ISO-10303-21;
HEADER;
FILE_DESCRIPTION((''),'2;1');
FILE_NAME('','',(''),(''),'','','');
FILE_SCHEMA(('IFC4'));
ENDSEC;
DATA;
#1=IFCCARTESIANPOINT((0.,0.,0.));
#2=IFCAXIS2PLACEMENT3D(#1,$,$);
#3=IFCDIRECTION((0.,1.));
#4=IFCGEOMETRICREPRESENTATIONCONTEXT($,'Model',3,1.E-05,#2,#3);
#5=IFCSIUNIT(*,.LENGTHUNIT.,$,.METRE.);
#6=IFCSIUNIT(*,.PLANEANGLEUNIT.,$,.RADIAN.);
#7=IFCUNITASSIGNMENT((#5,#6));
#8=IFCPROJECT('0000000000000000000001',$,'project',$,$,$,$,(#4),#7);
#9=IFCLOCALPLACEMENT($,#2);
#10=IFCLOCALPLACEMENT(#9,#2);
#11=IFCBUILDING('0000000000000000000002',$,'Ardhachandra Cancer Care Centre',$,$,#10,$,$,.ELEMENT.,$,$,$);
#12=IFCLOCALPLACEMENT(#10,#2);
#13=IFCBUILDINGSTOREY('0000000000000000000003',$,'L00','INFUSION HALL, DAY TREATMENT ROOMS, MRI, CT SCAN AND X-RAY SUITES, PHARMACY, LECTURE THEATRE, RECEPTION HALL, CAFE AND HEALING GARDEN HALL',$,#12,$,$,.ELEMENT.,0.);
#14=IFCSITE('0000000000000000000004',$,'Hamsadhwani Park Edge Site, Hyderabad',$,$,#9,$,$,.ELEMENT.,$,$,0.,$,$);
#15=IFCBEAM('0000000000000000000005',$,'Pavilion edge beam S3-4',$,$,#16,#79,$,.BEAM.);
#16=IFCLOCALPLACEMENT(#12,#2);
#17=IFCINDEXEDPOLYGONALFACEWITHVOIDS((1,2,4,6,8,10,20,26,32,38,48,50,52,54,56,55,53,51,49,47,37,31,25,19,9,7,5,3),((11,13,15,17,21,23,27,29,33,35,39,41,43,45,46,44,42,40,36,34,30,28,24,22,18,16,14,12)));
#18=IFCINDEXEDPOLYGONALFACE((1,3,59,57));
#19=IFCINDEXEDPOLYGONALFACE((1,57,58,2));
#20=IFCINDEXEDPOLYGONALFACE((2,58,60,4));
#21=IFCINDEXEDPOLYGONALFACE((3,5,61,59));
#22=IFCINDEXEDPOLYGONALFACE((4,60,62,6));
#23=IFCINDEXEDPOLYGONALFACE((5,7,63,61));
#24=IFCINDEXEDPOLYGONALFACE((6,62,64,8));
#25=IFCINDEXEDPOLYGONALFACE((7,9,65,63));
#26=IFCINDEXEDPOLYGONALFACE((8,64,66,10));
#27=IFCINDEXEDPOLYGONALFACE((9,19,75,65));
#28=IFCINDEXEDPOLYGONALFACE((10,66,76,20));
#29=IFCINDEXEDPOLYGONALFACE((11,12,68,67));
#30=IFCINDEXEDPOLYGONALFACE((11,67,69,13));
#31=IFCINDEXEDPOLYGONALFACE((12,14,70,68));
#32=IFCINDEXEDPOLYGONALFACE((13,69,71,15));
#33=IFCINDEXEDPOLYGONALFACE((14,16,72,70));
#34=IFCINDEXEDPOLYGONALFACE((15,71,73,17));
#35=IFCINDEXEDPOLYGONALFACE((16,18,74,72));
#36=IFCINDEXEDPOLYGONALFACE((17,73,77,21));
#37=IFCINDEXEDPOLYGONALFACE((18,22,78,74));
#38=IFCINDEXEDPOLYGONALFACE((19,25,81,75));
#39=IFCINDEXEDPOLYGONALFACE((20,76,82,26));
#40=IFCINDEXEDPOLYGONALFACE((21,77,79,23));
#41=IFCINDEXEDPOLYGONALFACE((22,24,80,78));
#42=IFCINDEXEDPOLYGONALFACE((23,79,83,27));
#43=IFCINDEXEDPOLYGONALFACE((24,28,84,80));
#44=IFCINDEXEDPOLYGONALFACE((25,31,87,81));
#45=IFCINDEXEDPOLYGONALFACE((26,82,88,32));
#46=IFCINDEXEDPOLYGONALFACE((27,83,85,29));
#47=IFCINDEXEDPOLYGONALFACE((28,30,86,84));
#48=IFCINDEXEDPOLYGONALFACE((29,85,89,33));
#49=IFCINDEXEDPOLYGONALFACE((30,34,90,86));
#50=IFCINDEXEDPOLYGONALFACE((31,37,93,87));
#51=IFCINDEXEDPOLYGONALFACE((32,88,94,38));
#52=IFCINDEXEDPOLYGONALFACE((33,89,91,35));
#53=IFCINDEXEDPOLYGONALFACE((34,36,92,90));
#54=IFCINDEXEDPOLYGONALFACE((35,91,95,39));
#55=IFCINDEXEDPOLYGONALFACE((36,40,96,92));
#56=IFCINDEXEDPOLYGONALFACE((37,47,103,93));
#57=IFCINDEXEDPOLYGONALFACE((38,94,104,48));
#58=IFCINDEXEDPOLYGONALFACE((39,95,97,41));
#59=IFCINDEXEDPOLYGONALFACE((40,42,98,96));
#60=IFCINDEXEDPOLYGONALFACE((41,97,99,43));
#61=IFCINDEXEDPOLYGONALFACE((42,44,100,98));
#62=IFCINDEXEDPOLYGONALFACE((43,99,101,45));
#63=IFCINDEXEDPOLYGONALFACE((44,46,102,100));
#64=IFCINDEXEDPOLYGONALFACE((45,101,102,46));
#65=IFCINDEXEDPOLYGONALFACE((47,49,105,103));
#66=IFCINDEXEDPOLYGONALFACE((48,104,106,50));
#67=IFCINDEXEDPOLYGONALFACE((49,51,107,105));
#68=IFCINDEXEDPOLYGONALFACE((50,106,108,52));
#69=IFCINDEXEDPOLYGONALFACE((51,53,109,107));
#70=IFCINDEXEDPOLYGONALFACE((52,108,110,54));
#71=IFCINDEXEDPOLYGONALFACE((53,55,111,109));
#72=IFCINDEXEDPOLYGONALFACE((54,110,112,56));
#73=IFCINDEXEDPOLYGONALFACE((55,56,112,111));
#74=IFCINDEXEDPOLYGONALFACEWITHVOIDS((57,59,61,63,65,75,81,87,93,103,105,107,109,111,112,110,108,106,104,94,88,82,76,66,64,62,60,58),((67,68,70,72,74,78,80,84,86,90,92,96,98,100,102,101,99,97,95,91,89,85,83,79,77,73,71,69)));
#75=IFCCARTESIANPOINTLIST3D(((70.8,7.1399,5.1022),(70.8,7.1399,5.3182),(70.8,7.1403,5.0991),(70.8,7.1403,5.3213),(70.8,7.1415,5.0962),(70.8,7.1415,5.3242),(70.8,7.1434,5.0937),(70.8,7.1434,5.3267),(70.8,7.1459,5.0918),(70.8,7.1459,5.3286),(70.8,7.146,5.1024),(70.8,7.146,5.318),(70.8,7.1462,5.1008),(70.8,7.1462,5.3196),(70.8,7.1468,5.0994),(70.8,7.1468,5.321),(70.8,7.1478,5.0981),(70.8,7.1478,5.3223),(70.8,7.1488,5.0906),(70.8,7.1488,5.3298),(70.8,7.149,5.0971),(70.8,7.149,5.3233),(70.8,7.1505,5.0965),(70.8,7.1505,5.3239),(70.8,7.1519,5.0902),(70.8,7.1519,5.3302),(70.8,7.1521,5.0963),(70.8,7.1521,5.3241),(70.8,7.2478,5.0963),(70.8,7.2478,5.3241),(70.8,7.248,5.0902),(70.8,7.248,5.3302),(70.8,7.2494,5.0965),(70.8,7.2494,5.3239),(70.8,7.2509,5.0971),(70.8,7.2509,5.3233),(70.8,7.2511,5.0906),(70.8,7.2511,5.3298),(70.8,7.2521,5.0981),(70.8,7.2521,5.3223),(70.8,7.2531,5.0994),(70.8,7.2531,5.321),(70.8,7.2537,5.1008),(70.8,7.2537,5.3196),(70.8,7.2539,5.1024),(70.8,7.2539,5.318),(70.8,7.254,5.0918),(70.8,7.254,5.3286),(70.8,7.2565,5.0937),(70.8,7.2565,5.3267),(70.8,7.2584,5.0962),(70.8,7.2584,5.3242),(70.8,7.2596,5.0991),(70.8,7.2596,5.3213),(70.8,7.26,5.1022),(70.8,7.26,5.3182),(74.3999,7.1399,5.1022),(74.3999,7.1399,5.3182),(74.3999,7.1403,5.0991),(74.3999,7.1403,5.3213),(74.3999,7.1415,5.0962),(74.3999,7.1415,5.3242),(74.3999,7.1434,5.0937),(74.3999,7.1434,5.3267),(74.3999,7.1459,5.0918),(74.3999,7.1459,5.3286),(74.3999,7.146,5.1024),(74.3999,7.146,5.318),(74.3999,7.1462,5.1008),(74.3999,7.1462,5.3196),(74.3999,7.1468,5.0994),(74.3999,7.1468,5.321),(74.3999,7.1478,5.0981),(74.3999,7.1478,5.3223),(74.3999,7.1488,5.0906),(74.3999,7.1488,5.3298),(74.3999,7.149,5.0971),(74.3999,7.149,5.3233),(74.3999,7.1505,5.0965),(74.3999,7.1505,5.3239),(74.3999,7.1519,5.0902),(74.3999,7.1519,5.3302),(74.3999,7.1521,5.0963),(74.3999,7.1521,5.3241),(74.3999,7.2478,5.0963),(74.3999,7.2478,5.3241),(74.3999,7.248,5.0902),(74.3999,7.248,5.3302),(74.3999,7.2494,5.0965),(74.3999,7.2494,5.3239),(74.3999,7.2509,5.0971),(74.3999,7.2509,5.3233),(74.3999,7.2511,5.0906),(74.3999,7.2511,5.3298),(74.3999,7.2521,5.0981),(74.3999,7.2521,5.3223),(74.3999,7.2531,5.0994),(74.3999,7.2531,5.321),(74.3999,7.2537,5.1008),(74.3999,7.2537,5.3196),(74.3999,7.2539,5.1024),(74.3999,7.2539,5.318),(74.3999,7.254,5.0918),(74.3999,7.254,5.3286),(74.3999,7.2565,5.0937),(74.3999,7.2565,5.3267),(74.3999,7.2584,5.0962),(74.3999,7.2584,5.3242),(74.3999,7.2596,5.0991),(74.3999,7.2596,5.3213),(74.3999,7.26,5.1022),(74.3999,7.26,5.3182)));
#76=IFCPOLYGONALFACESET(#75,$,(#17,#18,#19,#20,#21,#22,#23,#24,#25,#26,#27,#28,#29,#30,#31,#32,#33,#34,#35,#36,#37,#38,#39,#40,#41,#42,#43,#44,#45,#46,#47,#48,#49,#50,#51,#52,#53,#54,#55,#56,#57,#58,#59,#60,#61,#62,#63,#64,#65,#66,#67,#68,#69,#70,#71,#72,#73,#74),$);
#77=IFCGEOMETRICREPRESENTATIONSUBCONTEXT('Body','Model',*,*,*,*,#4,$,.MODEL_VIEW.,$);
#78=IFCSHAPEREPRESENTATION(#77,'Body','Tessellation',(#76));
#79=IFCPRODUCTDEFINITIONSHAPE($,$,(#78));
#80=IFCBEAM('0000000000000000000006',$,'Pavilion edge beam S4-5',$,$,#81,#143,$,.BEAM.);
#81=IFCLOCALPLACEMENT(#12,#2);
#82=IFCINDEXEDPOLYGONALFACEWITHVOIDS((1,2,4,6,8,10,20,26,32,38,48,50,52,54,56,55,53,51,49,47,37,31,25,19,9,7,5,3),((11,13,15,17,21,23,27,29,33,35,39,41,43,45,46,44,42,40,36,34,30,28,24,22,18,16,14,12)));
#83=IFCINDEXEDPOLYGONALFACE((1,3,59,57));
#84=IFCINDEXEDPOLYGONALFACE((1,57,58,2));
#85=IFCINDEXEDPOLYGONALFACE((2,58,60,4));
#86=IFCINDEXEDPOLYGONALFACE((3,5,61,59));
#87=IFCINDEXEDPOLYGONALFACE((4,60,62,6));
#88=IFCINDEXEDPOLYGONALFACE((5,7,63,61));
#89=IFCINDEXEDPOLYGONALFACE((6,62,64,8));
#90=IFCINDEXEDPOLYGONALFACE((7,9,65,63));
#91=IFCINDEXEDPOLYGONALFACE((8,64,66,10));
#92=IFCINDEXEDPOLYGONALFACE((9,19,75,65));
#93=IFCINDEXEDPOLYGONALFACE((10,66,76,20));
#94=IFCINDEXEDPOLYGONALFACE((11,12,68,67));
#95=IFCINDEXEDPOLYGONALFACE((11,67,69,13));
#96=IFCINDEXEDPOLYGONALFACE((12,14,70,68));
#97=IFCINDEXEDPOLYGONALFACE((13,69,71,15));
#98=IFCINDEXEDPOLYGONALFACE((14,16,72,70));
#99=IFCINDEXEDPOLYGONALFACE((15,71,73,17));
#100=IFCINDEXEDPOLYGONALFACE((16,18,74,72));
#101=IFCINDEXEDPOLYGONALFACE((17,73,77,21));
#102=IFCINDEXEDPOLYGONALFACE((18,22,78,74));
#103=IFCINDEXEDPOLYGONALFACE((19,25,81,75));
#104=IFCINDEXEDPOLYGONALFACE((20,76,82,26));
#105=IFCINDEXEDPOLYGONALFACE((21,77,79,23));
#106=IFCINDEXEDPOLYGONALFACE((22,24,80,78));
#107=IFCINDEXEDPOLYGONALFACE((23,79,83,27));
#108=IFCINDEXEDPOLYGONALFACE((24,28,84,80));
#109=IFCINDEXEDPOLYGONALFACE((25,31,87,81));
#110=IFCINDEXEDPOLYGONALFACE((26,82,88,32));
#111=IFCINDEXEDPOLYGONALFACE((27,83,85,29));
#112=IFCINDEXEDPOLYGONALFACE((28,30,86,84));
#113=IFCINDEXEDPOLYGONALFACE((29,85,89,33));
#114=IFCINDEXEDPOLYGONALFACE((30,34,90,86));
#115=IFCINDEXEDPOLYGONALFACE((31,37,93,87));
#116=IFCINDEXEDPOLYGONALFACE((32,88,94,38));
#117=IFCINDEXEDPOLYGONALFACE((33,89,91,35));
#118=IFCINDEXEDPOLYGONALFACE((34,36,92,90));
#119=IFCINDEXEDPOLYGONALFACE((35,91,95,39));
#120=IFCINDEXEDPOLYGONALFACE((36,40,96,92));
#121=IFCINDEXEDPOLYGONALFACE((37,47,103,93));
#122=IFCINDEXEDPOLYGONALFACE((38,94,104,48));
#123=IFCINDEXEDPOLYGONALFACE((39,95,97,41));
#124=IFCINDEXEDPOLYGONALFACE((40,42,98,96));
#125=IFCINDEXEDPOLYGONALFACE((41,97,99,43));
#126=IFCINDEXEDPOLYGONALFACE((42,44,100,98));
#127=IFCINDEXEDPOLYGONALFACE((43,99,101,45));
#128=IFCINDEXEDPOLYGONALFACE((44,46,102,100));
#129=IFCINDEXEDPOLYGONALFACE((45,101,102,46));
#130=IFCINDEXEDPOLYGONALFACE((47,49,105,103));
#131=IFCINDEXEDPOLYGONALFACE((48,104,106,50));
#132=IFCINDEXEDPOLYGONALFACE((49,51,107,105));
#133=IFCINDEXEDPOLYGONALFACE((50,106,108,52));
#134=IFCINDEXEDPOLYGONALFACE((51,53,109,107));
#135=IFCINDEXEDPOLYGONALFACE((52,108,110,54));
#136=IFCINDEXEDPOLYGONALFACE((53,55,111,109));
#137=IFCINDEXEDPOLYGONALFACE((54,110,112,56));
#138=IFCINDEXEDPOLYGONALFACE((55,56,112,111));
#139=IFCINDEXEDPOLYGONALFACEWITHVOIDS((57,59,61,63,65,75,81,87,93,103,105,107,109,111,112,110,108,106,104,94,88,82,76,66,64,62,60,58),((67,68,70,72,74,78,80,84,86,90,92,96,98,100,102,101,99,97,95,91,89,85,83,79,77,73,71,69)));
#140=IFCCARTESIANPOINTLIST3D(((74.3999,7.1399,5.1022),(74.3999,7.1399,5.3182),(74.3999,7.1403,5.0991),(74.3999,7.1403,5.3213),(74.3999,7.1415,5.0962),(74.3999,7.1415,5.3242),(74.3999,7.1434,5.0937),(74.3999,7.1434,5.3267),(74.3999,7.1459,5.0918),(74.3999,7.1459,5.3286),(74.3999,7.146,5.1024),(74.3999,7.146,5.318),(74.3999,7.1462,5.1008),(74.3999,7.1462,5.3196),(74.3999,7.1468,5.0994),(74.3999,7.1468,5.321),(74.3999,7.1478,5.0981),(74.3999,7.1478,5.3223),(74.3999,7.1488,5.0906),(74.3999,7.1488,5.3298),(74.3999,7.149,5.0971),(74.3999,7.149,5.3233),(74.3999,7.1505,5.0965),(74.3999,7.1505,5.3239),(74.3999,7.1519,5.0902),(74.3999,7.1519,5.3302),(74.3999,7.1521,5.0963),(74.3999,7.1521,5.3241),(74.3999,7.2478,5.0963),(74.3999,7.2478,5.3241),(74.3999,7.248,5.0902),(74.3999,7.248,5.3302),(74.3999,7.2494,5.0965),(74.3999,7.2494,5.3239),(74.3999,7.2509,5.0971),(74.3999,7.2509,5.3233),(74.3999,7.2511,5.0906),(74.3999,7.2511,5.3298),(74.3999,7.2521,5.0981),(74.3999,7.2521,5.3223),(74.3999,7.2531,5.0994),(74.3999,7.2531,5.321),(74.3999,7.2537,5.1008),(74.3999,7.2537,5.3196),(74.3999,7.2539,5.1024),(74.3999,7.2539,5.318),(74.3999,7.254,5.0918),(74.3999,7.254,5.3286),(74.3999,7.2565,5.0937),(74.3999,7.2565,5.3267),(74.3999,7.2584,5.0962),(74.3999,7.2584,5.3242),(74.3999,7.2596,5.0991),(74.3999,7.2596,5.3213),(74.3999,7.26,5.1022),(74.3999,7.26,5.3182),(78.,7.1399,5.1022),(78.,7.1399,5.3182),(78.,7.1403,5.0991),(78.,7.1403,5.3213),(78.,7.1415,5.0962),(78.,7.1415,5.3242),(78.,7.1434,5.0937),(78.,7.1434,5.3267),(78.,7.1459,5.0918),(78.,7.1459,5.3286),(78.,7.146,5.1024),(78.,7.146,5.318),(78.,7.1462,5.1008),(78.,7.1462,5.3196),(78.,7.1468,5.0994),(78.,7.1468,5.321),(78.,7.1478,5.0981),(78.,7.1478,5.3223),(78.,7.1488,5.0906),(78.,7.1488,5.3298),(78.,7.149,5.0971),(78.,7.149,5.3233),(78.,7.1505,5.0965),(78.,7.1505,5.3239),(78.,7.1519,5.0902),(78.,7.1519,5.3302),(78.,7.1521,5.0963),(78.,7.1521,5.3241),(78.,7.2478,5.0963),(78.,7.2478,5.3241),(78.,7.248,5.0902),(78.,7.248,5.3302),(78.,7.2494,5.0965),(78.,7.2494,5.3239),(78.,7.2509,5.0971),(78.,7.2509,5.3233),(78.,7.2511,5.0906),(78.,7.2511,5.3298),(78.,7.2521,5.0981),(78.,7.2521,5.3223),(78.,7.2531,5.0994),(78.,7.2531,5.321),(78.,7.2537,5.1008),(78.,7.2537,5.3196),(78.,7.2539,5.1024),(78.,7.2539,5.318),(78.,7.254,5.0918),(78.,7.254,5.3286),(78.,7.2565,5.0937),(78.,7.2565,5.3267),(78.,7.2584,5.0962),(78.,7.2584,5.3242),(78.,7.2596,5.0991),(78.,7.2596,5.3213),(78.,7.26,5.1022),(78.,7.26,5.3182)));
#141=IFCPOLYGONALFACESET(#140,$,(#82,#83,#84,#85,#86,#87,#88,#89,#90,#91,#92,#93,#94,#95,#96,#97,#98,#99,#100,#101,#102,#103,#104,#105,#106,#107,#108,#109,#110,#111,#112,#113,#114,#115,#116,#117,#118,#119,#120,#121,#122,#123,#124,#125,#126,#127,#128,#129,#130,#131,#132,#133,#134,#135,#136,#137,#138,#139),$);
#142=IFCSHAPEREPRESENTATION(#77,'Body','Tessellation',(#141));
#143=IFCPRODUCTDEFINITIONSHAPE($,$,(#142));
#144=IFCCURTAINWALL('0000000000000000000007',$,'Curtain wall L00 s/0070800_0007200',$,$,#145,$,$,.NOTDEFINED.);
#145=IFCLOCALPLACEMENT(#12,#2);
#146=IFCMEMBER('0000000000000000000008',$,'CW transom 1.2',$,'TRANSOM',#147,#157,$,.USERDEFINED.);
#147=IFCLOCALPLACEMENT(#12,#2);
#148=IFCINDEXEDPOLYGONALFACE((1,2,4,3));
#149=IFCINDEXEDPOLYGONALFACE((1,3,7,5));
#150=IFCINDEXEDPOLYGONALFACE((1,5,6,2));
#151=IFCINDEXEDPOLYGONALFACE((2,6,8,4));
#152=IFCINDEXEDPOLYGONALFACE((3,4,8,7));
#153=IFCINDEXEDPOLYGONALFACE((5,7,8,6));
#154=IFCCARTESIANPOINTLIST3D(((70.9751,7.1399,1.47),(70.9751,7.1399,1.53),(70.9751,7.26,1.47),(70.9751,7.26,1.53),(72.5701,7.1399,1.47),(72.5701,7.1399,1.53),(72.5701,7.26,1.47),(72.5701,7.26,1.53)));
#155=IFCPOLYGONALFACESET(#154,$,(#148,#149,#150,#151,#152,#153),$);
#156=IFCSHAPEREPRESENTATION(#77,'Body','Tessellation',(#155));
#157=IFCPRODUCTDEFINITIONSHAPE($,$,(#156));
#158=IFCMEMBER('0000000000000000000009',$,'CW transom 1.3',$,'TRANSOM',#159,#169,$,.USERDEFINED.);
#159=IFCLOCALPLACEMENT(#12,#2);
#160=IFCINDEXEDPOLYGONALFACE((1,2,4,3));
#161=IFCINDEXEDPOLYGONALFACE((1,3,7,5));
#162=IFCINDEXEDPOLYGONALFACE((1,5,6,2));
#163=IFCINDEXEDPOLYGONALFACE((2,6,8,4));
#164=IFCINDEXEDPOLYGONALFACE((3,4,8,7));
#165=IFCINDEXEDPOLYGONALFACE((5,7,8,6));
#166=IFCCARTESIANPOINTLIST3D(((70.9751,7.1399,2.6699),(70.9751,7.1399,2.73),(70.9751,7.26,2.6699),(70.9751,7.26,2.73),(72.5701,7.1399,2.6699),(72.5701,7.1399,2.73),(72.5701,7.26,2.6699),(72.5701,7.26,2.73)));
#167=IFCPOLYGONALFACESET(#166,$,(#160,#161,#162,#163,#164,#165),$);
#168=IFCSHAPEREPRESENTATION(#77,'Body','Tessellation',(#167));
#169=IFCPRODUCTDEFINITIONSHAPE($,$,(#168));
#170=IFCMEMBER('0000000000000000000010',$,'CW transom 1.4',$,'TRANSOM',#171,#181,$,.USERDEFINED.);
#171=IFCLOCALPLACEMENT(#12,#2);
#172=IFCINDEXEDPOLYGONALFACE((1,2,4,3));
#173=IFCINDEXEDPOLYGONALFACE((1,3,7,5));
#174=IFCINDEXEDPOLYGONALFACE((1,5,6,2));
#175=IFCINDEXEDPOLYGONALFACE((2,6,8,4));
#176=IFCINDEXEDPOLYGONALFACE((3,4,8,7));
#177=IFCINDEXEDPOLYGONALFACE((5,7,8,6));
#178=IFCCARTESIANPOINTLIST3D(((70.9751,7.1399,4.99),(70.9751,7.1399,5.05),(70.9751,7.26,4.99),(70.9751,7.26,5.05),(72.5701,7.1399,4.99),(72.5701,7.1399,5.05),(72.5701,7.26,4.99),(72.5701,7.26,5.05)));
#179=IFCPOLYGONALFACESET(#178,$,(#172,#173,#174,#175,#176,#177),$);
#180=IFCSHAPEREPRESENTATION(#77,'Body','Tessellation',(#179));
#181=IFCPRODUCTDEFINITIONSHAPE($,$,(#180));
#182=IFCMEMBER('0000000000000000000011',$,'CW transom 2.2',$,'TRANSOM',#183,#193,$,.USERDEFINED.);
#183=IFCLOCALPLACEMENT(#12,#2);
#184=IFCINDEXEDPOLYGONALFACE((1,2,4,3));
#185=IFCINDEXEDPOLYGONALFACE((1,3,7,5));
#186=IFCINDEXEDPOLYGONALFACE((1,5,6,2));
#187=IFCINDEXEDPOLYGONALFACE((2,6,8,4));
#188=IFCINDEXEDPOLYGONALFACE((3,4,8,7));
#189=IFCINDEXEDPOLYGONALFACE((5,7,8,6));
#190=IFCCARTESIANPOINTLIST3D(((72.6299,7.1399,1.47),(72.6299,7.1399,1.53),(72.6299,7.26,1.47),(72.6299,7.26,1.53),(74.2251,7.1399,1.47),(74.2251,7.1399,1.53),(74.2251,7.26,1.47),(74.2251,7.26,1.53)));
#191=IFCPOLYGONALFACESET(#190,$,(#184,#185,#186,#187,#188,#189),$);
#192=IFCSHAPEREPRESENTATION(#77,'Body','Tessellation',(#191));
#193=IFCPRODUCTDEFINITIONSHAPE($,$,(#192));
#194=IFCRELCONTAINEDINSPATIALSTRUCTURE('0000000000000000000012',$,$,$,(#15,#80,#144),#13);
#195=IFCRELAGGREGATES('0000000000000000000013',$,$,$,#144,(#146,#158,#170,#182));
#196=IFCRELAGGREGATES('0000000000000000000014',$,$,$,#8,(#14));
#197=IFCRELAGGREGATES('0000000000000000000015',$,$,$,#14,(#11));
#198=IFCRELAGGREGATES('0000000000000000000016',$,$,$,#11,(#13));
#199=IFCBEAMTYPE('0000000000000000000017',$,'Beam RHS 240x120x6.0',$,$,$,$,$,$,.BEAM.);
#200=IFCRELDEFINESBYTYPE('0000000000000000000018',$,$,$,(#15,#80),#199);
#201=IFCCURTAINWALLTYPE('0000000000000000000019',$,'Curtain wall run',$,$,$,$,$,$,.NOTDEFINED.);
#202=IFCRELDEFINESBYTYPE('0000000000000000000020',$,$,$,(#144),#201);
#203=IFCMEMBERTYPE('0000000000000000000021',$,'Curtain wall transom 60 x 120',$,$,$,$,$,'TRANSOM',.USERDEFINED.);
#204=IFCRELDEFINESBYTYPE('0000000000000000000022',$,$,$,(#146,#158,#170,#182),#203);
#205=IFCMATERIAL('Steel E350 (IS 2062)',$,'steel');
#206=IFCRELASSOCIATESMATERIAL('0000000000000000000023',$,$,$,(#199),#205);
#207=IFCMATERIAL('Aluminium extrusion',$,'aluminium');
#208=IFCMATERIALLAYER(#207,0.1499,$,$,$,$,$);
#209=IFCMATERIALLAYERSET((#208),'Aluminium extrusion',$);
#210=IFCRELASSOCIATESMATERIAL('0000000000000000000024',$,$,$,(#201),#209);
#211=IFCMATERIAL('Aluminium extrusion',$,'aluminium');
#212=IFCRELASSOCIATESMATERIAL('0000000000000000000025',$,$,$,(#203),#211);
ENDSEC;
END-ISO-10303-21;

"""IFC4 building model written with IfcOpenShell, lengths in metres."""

from ifc_helpers import new_model, si_unit, direction, frame, origin, origin_2d, place, context, subcontext, project, spatial, rectangle, hollow_rectangle, extrude, material, layer, layer_set, material_profile, profile_set, type_object, element, aggregate, save


model = new_model("IFC4")

# Units and contexts
model_context = context("Model", 3, precision=1e-05, world=origin(), true_north=direction((0.0, 1.0)))
body_context = subcontext(model_context, "Body", "Model", "MODEL_VIEW")
ifc_project = project(units=[si_unit("LENGTHUNIT", "METRE"), si_unit("PLANEANGLEUNIT", "RADIAN")], contexts=[model_context])

# Site, building, storey
site_placement = place(None, origin())
site = spatial("IfcSite", under=ifc_project, at=site_placement, Name="Hamsadhwani Park Edge Site, Hyderabad", CompositionType="ELEMENT", RefElevation=0.0)
building_placement = place(site_placement, origin())
building = spatial("IfcBuilding", under=site, at=building_placement, Name="Ardhachandra Cancer Care Centre", CompositionType="ELEMENT")
storey_placement = place(building_placement, origin())
storey = spatial("IfcBuildingStorey", under=building, at=storey_placement, Name="L00", Description="INFUSION HALL, DAY TREATMENT ROOMS, MRI, CT SCAN AND X-RAY SUITES, PHARMACY, LECTURE THEATRE, RECEPTION HALL, CAFE AND HEALING GARDEN HALL", CompositionType="ELEMENT", Elevation=0.0)

# Beams
ifc_material_1 = material(Name="Steel E350 (IS 2062)", Category="steel")
ifc_material_profile_1 = material_profile(ifc_material_1, hollow_rectangle(XDim=0.1201, YDim=0.24, WallThickness=0.0061, InnerFilletRadius=0.0061, OuterFilletRadius=0.012, at=origin_2d()), Name="RHS 240x120x6.0")
ifc_profile_set_1 = profile_set([ifc_material_profile_1], Name="Steel E350 (IS 2062)")
beam_type = type_object("IfcBeamType", Name="Beam RHS 240x120x6.0", PredefinedType="BEAM", material=ifc_profile_set_1)
beam_1_placement = place(storey_placement, frame((70.8, 7.2, 5.2102), z_axis=(1.0, 0.0, 0.0), x_axis=(0.0, 1.0, 0.0)))
element("IfcBeam", 1, at=beam_1_placement, inside=storey, type_object=beam_type, Name="Pavilion edge beam S3-4", PredefinedType="BEAM", context=body_context, shape_type="SweptSolid", body=[
    extrude(hollow_rectangle(XDim=0.1201, YDim=0.24, WallThickness=0.0061, InnerFilletRadius=0.0061, OuterFilletRadius=0.012, at=origin_2d()), origin(), (0.0, 0.0, 1.0), 3.5999),
])
beam_2_placement = place(storey_placement, frame((74.3999, 7.2, 5.2102), z_axis=(1.0, 0.0, 0.0), x_axis=(0.0, 1.0, 0.0)))
element("IfcBeam", 2, at=beam_2_placement, inside=storey, type_object=beam_type, Name="Pavilion edge beam S4-5", PredefinedType="BEAM", context=body_context, shape_type="SweptSolid", body=[
    extrude(hollow_rectangle(XDim=0.1201, YDim=0.24, WallThickness=0.0061, InnerFilletRadius=0.0061, OuterFilletRadius=0.012, at=origin_2d()), origin(), (0.0, 0.0, 1.0), 3.6001),
])

# Curtain wall, members
ifc_material_2 = material(Name="Aluminium extrusion", Category="aluminium")
ifc_layer_1 = layer(ifc_material_2, 0.1499)
ifc_layer_set_1 = layer_set([ifc_layer_1], Name="Aluminium extrusion")
curtain_wall_type = type_object("IfcCurtainWallType", Name="Curtain wall run", PredefinedType="NOTDEFINED", material=ifc_layer_set_1)
curtain_wall_1_placement = place(storey_placement, origin())
curtain_wall_1 = element("IfcCurtainWall", 3, at=curtain_wall_1_placement, inside=storey, type_object=curtain_wall_type, Name="Curtain wall L00 s/0070800_0007200", PredefinedType="NOTDEFINED")
ifc_material_3 = material(Name="Aluminium extrusion", Category="aluminium")
ifc_material_profile_2 = material_profile(ifc_material_3, rectangle(XDim=0.1201, YDim=0.0601, at=origin_2d()), Name="Curtain wall transom 60 x 120")
ifc_profile_set_2 = profile_set([ifc_material_profile_2], Name="Aluminium extrusion")
member_type_1 = type_object("IfcMemberType", Name="Curtain wall transom 60 x 120", ElementType="TRANSOM", PredefinedType="USERDEFINED", material=ifc_profile_set_2)
member_1_placement = place(storey_placement, frame((70.9751, 7.2, 1.5), z_axis=(1.0, 0.0, 0.0), x_axis=(0.0, 1.0, 0.0)))
member_1 = element("IfcMember", 4, at=member_1_placement, type_object=member_type_1, Name="CW transom 1.2", ObjectType="TRANSOM", PredefinedType="USERDEFINED", context=body_context, shape_type="SweptSolid", body=[
    extrude(rectangle(XDim=0.1201, YDim=0.0601, at=origin_2d()), origin(), (0.0, 0.0, 1.0), 1.595),
])
member_2_placement = place(storey_placement, frame((70.9751, 7.2, 2.7), z_axis=(1.0, 0.0, 0.0), x_axis=(0.0, 1.0, 0.0)))
member_2 = element("IfcMember", 5, at=member_2_placement, type_object=member_type_1, Name="CW transom 1.3", ObjectType="TRANSOM", PredefinedType="USERDEFINED", context=body_context, shape_type="SweptSolid", body=[
    extrude(rectangle(XDim=0.1201, YDim=0.0601, at=origin_2d()), origin(), (0.0, 0.0, 1.0), 1.595),
])
member_3_placement = place(storey_placement, frame((70.9751, 7.2, 5.02), z_axis=(1.0, 0.0, 0.0), x_axis=(0.0, 1.0, 0.0)))
member_3 = element("IfcMember", 6, at=member_3_placement, type_object=member_type_1, Name="CW transom 1.4", ObjectType="TRANSOM", PredefinedType="USERDEFINED", context=body_context, shape_type="SweptSolid", body=[
    extrude(rectangle(XDim=0.1201, YDim=0.0601, at=origin_2d()), origin(), (0.0, 0.0, 1.0), 1.595),
])
member_4_placement = place(storey_placement, frame((72.6299, 7.2, 1.5), z_axis=(1.0, 0.0, 0.0), x_axis=(0.0, 1.0, 0.0)))
member_4 = element("IfcMember", 7, at=member_4_placement, type_object=member_type_1, Name="CW transom 2.2", ObjectType="TRANSOM", PredefinedType="USERDEFINED", context=body_context, shape_type="SweptSolid", body=[
    extrude(rectangle(XDim=0.1201, YDim=0.0601, at=origin_2d()), origin(), (0.0, 0.0, 1.0), 1.5952),
])

aggregate(curtain_wall_1, [member_1, member_2, member_3, member_4])

save(model, "model.ifc")
